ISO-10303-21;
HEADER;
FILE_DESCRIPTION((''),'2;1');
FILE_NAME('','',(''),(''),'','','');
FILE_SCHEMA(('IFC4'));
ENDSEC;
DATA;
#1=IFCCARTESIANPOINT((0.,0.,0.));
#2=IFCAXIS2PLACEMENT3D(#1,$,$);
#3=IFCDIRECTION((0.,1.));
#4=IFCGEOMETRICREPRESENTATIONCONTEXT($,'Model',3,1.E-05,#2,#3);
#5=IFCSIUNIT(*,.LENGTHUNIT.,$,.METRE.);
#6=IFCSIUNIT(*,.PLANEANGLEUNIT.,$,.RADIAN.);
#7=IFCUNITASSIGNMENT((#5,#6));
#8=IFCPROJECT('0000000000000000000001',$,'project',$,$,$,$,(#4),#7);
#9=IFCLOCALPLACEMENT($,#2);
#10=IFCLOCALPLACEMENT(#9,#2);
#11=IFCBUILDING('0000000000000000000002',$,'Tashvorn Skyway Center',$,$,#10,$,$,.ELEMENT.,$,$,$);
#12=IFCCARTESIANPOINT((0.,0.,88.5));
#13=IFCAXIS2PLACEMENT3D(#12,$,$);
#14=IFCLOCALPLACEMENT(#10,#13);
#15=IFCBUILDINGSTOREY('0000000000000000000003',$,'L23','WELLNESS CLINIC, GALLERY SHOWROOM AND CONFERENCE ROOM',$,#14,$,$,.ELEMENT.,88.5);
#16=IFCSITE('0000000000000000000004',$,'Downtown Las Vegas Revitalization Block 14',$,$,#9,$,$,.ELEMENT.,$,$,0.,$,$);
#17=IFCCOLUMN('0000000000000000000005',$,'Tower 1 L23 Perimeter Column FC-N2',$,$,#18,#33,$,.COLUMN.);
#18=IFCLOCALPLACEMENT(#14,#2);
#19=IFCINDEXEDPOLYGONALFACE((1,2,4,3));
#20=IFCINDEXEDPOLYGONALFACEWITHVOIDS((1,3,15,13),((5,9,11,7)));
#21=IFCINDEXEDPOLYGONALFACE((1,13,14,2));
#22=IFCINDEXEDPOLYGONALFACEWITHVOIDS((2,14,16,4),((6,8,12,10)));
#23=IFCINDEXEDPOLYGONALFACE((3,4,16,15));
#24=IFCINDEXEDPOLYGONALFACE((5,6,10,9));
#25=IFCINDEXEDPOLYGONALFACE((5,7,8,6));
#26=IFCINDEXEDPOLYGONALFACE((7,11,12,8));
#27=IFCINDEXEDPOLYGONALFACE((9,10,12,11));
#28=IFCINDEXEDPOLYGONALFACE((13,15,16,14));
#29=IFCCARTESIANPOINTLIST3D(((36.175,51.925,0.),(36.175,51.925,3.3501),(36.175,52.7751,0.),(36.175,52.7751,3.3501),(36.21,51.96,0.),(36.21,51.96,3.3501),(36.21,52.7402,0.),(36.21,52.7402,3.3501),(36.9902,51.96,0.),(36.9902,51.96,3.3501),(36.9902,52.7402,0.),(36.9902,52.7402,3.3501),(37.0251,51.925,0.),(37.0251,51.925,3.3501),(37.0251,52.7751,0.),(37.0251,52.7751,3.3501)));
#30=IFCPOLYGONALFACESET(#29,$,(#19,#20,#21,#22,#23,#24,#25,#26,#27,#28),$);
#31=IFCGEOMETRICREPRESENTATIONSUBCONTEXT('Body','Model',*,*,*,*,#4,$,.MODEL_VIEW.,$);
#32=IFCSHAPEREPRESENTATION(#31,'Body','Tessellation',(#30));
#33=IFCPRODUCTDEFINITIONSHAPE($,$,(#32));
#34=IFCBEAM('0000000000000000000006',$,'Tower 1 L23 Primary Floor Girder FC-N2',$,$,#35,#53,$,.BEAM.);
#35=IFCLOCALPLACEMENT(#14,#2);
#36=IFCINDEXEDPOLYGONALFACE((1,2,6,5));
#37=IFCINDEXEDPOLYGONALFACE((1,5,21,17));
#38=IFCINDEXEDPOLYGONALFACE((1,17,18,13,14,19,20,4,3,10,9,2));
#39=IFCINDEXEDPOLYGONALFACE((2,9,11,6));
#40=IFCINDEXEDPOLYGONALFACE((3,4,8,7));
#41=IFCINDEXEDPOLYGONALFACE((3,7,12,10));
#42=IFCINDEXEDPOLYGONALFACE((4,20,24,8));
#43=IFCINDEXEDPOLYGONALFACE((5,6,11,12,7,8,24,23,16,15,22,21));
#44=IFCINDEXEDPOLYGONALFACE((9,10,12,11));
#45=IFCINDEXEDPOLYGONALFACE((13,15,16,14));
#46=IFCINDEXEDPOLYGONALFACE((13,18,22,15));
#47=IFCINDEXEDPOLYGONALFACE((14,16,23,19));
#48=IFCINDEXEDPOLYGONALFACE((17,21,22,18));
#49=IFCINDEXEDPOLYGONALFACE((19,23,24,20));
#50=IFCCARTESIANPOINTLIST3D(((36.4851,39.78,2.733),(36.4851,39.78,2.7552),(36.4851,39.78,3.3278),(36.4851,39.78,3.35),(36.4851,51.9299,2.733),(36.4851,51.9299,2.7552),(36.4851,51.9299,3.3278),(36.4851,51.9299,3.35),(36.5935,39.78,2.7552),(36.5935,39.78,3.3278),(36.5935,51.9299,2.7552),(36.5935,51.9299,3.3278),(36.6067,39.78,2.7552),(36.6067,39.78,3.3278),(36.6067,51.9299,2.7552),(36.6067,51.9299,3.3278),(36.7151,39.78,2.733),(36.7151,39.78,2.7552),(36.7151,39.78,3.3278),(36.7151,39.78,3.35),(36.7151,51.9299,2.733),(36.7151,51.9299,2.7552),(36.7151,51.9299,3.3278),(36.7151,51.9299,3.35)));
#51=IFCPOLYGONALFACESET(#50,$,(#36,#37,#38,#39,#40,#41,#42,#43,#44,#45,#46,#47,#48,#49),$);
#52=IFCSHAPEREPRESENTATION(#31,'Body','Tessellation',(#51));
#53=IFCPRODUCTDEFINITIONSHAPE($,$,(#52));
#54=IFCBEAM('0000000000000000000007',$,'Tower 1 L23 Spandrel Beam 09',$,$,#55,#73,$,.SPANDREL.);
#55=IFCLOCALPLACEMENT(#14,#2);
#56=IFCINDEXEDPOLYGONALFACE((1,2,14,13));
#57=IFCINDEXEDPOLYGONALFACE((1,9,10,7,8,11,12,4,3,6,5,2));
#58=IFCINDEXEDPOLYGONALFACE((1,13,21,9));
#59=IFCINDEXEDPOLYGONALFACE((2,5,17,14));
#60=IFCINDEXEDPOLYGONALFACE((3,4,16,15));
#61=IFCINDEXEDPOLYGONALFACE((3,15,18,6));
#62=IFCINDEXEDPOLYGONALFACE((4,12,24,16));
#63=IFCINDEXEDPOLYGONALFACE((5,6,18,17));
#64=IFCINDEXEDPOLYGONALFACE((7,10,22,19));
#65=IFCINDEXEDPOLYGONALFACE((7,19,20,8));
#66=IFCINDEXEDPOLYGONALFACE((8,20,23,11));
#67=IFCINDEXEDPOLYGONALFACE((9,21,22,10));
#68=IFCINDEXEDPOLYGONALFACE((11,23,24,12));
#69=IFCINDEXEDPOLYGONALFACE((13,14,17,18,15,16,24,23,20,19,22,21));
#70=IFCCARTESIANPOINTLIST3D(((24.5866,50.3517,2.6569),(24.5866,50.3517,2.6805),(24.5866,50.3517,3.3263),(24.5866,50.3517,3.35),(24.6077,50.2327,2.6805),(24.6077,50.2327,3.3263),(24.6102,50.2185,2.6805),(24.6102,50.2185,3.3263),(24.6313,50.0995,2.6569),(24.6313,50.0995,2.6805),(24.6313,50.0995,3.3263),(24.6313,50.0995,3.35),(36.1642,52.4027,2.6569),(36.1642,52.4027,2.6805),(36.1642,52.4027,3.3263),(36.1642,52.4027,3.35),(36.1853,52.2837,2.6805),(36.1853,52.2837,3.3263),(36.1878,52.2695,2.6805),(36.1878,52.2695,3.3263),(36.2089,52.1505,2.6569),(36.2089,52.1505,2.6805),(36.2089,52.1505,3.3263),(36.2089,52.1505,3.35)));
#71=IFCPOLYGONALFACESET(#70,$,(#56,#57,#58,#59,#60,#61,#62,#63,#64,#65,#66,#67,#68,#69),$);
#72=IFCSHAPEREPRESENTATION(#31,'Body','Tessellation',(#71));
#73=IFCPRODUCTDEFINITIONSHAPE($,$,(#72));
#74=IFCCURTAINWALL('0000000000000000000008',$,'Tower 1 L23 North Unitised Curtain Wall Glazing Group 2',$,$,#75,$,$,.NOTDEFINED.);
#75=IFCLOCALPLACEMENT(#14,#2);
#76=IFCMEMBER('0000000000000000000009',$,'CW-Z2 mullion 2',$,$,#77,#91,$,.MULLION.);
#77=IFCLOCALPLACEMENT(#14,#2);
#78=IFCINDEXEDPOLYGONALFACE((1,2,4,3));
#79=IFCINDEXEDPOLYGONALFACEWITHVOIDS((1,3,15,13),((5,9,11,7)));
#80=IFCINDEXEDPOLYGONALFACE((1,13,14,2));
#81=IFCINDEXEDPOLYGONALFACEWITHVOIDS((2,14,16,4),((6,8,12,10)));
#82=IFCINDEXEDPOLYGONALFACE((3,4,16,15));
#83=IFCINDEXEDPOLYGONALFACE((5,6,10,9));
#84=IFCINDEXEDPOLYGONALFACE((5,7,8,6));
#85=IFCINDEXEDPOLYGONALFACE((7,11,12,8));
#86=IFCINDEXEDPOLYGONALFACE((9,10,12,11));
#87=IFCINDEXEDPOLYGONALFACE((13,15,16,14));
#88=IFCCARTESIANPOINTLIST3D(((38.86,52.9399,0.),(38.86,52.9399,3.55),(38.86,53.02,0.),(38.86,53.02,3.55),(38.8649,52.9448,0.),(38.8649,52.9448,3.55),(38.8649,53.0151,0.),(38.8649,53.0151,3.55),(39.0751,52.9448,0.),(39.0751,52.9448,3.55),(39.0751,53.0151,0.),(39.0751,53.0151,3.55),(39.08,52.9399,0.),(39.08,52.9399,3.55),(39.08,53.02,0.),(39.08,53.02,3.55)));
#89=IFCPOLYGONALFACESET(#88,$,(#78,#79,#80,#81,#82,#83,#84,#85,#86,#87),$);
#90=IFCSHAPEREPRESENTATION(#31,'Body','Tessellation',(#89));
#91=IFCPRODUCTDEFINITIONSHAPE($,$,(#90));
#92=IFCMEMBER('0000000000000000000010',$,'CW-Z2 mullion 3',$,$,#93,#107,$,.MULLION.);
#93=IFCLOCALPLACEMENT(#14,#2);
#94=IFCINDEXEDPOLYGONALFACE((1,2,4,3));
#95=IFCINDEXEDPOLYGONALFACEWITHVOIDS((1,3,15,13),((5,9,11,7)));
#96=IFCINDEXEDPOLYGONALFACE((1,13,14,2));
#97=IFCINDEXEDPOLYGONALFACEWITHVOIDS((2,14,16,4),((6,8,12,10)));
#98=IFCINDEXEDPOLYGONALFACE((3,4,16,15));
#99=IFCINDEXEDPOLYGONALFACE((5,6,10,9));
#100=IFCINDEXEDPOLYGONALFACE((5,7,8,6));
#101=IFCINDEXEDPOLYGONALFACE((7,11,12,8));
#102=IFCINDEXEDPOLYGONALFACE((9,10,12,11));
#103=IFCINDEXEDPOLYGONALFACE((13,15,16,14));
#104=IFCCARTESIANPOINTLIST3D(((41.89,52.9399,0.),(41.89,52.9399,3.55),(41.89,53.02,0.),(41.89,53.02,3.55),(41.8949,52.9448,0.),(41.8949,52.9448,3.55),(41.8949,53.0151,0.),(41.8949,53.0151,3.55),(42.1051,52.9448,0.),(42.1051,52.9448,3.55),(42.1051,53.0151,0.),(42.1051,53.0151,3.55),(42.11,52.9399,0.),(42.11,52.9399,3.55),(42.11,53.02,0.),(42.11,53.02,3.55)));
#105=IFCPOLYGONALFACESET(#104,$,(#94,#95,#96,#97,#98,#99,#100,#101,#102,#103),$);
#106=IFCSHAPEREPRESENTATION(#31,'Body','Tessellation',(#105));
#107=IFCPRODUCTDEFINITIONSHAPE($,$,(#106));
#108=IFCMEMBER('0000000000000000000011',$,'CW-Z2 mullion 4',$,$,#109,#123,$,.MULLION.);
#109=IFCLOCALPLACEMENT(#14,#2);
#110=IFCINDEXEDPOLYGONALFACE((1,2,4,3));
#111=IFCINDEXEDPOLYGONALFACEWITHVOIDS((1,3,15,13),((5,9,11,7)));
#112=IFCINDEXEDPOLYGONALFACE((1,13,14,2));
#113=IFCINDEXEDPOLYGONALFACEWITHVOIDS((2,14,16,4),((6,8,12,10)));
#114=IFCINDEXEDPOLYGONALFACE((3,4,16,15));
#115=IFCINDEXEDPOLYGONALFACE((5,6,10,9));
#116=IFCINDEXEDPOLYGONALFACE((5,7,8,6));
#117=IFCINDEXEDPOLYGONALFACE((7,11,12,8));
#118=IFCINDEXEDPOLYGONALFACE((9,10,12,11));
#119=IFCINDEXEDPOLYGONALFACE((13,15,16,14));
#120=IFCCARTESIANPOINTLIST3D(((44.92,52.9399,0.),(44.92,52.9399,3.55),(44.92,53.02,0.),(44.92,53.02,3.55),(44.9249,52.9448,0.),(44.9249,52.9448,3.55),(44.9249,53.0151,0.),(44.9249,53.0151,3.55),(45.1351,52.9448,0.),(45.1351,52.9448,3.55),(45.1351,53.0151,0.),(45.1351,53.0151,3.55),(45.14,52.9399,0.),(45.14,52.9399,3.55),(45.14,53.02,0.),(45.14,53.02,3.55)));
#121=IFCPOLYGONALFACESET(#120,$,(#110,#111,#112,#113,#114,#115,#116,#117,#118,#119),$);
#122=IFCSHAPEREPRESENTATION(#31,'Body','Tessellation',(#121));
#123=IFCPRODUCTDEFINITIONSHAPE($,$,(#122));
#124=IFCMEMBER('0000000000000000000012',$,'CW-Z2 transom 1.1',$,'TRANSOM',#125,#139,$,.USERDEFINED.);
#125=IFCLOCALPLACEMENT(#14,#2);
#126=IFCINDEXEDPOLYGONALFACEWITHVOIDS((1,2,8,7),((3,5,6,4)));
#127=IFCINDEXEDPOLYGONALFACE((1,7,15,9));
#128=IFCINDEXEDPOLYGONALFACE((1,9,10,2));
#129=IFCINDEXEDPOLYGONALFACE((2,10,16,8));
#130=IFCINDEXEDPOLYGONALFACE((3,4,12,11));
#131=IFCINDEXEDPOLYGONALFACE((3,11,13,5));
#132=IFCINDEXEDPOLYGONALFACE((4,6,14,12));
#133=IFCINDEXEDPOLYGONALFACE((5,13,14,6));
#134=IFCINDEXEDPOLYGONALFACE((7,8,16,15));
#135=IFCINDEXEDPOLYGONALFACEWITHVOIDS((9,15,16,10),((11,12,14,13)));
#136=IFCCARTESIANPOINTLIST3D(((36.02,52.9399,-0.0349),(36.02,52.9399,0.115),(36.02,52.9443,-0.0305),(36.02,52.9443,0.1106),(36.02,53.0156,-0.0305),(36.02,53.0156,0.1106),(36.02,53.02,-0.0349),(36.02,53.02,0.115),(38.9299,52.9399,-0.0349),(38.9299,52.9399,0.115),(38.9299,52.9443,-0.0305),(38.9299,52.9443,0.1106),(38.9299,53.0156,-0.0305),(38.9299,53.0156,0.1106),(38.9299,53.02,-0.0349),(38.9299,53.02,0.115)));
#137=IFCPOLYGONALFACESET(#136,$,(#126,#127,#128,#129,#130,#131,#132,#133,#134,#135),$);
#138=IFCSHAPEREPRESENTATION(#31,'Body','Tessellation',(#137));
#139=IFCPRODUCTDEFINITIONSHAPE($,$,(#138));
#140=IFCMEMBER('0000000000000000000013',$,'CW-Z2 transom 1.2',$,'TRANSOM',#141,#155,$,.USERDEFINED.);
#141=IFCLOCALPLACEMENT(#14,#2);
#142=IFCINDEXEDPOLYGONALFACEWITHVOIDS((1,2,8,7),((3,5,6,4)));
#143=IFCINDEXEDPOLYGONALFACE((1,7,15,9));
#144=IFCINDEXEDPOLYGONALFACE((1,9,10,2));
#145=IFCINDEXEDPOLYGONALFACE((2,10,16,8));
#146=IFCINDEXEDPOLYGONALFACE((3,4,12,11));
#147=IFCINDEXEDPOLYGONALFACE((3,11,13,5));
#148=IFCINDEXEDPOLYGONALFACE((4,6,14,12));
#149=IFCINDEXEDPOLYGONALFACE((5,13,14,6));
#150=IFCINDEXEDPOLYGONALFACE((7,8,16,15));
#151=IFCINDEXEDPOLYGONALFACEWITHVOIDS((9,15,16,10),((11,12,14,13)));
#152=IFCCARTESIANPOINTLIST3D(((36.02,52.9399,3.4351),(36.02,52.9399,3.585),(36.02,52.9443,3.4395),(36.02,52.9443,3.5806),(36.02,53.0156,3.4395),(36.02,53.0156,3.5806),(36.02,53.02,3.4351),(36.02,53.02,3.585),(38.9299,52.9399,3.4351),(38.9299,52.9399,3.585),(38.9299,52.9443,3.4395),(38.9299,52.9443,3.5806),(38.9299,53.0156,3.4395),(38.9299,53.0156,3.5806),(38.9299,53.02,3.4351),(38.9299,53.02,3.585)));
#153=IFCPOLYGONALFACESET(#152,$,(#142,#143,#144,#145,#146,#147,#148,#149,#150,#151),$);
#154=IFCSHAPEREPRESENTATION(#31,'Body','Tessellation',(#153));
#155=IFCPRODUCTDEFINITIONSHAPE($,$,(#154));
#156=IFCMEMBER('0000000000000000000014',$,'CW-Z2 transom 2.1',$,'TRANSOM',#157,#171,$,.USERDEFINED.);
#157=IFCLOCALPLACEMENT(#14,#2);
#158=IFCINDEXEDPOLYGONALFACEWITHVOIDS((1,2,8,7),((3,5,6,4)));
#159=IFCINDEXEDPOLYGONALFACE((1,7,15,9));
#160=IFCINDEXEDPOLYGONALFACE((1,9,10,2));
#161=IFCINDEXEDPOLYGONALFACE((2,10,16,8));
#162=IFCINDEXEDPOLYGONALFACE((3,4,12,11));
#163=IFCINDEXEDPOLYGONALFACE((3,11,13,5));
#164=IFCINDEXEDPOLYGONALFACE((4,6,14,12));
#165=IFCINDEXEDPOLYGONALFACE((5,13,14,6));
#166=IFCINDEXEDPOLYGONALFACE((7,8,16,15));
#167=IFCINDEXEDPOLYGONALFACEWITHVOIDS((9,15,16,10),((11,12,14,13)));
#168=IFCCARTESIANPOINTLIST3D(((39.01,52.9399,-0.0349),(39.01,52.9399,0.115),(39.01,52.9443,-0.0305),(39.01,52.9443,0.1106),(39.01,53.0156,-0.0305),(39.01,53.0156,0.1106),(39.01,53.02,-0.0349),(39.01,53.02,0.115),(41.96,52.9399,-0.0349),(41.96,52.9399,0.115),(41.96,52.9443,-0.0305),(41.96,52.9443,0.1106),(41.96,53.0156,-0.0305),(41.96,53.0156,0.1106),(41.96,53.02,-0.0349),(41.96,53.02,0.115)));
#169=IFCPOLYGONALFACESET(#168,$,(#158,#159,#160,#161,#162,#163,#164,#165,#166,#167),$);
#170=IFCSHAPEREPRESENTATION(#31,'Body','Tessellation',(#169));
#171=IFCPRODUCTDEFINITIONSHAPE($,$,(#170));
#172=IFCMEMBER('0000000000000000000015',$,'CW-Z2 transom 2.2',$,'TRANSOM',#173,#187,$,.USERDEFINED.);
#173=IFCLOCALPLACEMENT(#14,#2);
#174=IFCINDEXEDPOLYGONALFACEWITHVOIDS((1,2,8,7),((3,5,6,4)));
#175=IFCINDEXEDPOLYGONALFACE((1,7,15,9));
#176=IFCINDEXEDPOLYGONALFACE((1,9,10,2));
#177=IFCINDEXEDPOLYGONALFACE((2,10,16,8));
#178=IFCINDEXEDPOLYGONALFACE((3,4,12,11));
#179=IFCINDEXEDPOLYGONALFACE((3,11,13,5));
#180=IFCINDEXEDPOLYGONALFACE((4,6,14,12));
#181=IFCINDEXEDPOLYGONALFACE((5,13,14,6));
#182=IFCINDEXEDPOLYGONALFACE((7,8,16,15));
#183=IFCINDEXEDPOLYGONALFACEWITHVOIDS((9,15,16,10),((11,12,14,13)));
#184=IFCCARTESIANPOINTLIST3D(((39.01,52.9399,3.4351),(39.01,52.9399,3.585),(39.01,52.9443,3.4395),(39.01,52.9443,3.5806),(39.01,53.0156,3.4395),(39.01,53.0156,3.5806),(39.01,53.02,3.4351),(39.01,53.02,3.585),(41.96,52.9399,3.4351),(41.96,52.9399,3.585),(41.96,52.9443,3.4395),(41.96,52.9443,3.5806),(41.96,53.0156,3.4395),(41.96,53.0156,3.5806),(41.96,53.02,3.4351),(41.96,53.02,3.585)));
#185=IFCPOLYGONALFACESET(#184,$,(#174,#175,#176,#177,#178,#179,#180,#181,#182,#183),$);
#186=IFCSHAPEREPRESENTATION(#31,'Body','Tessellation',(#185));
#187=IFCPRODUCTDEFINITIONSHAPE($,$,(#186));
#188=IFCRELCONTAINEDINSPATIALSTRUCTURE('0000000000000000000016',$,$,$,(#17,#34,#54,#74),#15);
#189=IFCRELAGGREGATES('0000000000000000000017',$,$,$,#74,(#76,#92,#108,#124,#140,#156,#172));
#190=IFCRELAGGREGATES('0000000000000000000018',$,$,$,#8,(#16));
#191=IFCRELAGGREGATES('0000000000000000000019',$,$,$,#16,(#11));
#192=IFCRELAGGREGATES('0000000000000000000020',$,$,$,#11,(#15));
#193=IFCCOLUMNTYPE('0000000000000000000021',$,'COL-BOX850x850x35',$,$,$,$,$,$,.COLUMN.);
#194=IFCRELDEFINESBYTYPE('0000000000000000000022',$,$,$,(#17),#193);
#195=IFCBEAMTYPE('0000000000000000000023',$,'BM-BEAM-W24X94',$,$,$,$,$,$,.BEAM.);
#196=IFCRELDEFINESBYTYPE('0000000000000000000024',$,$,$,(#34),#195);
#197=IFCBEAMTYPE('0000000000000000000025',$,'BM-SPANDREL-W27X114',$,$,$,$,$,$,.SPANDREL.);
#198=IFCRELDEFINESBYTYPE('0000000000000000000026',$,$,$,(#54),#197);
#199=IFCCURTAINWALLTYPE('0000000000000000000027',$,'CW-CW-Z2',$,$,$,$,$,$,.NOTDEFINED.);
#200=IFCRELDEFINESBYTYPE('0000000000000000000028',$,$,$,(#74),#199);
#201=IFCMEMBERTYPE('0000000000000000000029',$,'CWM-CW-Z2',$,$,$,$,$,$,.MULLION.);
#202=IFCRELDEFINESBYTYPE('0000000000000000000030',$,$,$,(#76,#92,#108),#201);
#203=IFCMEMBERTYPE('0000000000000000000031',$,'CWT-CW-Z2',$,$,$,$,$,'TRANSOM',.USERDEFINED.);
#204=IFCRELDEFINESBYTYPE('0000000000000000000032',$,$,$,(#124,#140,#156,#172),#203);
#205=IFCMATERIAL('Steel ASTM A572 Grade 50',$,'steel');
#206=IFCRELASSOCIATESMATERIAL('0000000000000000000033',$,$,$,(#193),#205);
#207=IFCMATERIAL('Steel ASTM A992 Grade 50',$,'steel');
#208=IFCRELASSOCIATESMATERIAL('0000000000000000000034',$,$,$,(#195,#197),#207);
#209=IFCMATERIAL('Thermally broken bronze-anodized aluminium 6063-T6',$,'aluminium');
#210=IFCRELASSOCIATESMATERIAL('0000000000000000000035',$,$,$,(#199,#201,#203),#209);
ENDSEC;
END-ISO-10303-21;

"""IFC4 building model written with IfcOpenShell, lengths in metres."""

from ifc_helpers import new_model, si_unit, direction, frame, origin, origin_2d, place, context, subcontext, project, spatial, hollow_rectangle, i_section, extrude, material, material_profile, profile_set, type_object, element, aggregate, save


model = new_model("IFC4")

# Units and contexts
model_context = context("Model", 3, precision=1e-05, world=origin(), true_north=direction((0.0, 1.0)))
body_context = subcontext(model_context, "Body", "Model", "MODEL_VIEW")
ifc_project = project(units=[si_unit("LENGTHUNIT", "METRE"), si_unit("PLANEANGLEUNIT", "RADIAN")], contexts=[model_context])

# Site, building, storey
site_placement = place(None, origin())
site = spatial("IfcSite", under=ifc_project, at=site_placement, Name="Downtown Las Vegas Revitalization Block 14", CompositionType="ELEMENT", RefElevation=0.0)
building_placement = place(site_placement, origin())
building = spatial("IfcBuilding", under=site, at=building_placement, Name="Tashvorn Skyway Center", CompositionType="ELEMENT")
storey_placement = place(building_placement, frame((0.0, 0.0, 88.5)))
storey = spatial("IfcBuildingStorey", under=building, at=storey_placement, Name="L23", Description="WELLNESS CLINIC, GALLERY SHOWROOM AND CONFERENCE ROOM", CompositionType="ELEMENT", Elevation=88.5)

# Column
ifc_material_1 = material(Name="Steel ASTM A572 Grade 50", Category="steel")
ifc_material_profile_1 = material_profile(ifc_material_1, hollow_rectangle(XDim=0.8501, YDim=0.8501, WallThickness=0.0349, at=origin_2d()), Name="BOX850x850x35")
ifc_profile_set_1 = profile_set([ifc_material_profile_1], Name="Steel ASTM A572 Grade 50")
column_type = type_object("IfcColumnType", Name="COL-BOX850x850x35", PredefinedType="COLUMN", material=ifc_profile_set_1)
column_placement = place(storey_placement, frame((36.6001, 52.3501, 0.0), z_axis=(0.0, 0.0, 1.0), x_axis=(1.0, 0.0, 0.0)))
element("IfcColumn", 1, at=column_placement, inside=storey, type_object=column_type, Name="Tower 1 L23 Perimeter Column FC-N2", PredefinedType="COLUMN", context=body_context, shape_type="SweptSolid", body=[
    extrude(hollow_rectangle(XDim=0.8501, YDim=0.8501, WallThickness=0.0349, at=origin_2d()), origin(), (0.0, 0.0, 1.0), 3.3501),
])

# Beams
ifc_material_2 = material(Name="Steel ASTM A992 Grade 50", Category="steel")
ifc_material_profile_2 = material_profile(ifc_material_2, i_section(OverallWidth=0.23, OverallDepth=0.6169, WebThickness=0.0132, FlangeThickness=0.0222, at=origin_2d()), Name="W24X94")
ifc_profile_set_2 = profile_set([ifc_material_profile_2], Name="Steel ASTM A992 Grade 50")
beam_type_1 = type_object("IfcBeamType", Name="BM-BEAM-W24X94", PredefinedType="BEAM", material=ifc_profile_set_2)
beam_1_placement = place(storey_placement, frame((36.6001, 51.9299, 3.0415), z_axis=(0.0, -1.0, 0.0), x_axis=(1.0, 0.0, 0.0)))
element("IfcBeam", 2, at=beam_1_placement, inside=storey, type_object=beam_type_1, Name="Tower 1 L23 Primary Floor Girder FC-N2", PredefinedType="BEAM", context=body_context, shape_type="SweptSolid", body=[
    extrude(i_section(OverallWidth=0.23, OverallDepth=0.6169, WebThickness=0.0132, FlangeThickness=0.0222, at=origin_2d()), origin(), (0.0, 0.0, 1.0), 12.1499),
])
ifc_material_profile_3 = material_profile(ifc_material_2, i_section(OverallWidth=0.2561, OverallDepth=0.6931, WebThickness=0.0144, FlangeThickness=0.0237, at=origin_2d()), Name="W27X114")
ifc_profile_set_3 = profile_set([ifc_material_profile_3], Name="Steel ASTM A992 Grade 50")
beam_type_2 = type_object("IfcBeamType", Name="BM-SPANDREL-W27X114", PredefinedType="SPANDREL", material=ifc_profile_set_3)
beam_2_placement = place(storey_placement, frame((36.1865, 52.2766, 3.0034), z_axis=(-0.984668, -0.174438, 0.0), x_axis=(0.174438, -0.984668, 0.0)))
element("IfcBeam", 3, at=beam_2_placement, inside=storey, type_object=beam_type_2, Name="Tower 1 L23 Spandrel Beam 09", PredefinedType="SPANDREL", context=body_context, shape_type="SweptSolid", body=[
    extrude(i_section(OverallWidth=0.2561, OverallDepth=0.6931, WebThickness=0.0144, FlangeThickness=0.0237, at=origin_2d()), origin(), (0.0, 0.0, 1.0), 11.7578),
])

# Curtain wall, members
ifc_material_3 = material(Name="Thermally broken bronze-anodized aluminium 6063-T6", Category="aluminium")
curtain_wall_type = type_object("IfcCurtainWallType", Name="CW-CW-Z2", PredefinedType="NOTDEFINED", material=ifc_material_3)
curtain_wall_placement = place(storey_placement, origin())
curtain_wall = element("IfcCurtainWall", 4, at=curtain_wall_placement, inside=storey, type_object=curtain_wall_type, Name="Tower 1 L23 North Unitised Curtain Wall Glazing Group 2", PredefinedType="NOTDEFINED")
ifc_material_profile_4 = material_profile(ifc_material_3, hollow_rectangle(XDim=0.0801, YDim=0.22, WallThickness=0.0049, at=origin_2d()), Name="ALU-MULL-80x220")
ifc_profile_set_4 = profile_set([ifc_material_profile_4], Name="Thermally broken bronze-anodized aluminium 6063-T6")
member_type_1 = type_object("IfcMemberType", Name="CWM-CW-Z2", PredefinedType="MULLION", material=ifc_profile_set_4)
member_1_placement = place(storey_placement, frame((38.97, 52.98, 0.0), z_axis=(0.0, 0.0, 1.0), x_axis=(0.0, 1.0, 0.0)))
member_1 = element("IfcMember", 5, at=member_1_placement, type_object=member_type_1, Name="CW-Z2 mullion 2", PredefinedType="MULLION", context=body_context, shape_type="SweptSolid", body=[
    extrude(hollow_rectangle(XDim=0.0801, YDim=0.22, WallThickness=0.0049, at=origin_2d()), origin(), (0.0, 0.0, 1.0), 3.55),
])
member_2_placement = place(storey_placement, frame((42.0, 52.98, 0.0), z_axis=(0.0, 0.0, 1.0), x_axis=(0.0, 1.0, 0.0)))
member_2 = element("IfcMember", 6, at=member_2_placement, type_object=member_type_1, Name="CW-Z2 mullion 3", PredefinedType="MULLION", context=body_context, shape_type="SweptSolid", body=[
    extrude(hollow_rectangle(XDim=0.0801, YDim=0.22, WallThickness=0.0049, at=origin_2d()), origin(), (0.0, 0.0, 1.0), 3.55),
])
member_3_placement = place(storey_placement, frame((45.03, 52.98, 0.0), z_axis=(0.0, 0.0, 1.0), x_axis=(0.0, 1.0, 0.0)))
member_3 = element("IfcMember", 7, at=member_3_placement, type_object=member_type_1, Name="CW-Z2 mullion 4", PredefinedType="MULLION", context=body_context, shape_type="SweptSolid", body=[
    extrude(hollow_rectangle(XDim=0.0801, YDim=0.22, WallThickness=0.0049, at=origin_2d()), origin(), (0.0, 0.0, 1.0), 3.55),
])
ifc_material_profile_5 = material_profile(ifc_material_3, hollow_rectangle(XDim=0.0801, YDim=0.1499, WallThickness=0.0044, at=origin_2d()), Name="ALU-TRAN-80x150")
ifc_profile_set_5 = profile_set([ifc_material_profile_5], Name="Thermally broken bronze-anodized aluminium 6063-T6")
member_type_2 = type_object("IfcMemberType", Name="CWT-CW-Z2", ElementType="TRANSOM", PredefinedType="USERDEFINED", material=ifc_profile_set_5)
member_4_placement = place(storey_placement, frame((36.02, 52.98, 0.04), z_axis=(1.0, 0.0, 0.0), x_axis=(0.0, 1.0, 0.0)))
member_4 = element("IfcMember", 8, at=member_4_placement, type_object=member_type_2, Name="CW-Z2 transom 1.1", ObjectType="TRANSOM", PredefinedType="USERDEFINED", context=body_context, shape_type="SweptSolid", body=[
    extrude(hollow_rectangle(XDim=0.0801, YDim=0.1499, WallThickness=0.0044, at=origin_2d()), origin(), (0.0, 0.0, 1.0), 2.9099),
])
member_5_placement = place(storey_placement, frame((36.02, 52.98, 3.51), z_axis=(1.0, 0.0, 0.0), x_axis=(0.0, 1.0, 0.0)))
member_5 = element("IfcMember", 9, at=member_5_placement, type_object=member_type_2, Name="CW-Z2 transom 1.2", ObjectType="TRANSOM", PredefinedType="USERDEFINED", context=body_context, shape_type="SweptSolid", body=[
    extrude(hollow_rectangle(XDim=0.0801, YDim=0.1499, WallThickness=0.0044, at=origin_2d()), origin(), (0.0, 0.0, 1.0), 2.9099),
])
member_6_placement = place(storey_placement, frame((39.01, 52.98, 0.04), z_axis=(1.0, 0.0, 0.0), x_axis=(0.0, 1.0, 0.0)))
member_6 = element("IfcMember", 10, at=member_6_placement, type_object=member_type_2, Name="CW-Z2 transom 2.1", ObjectType="TRANSOM", PredefinedType="USERDEFINED", context=body_context, shape_type="SweptSolid", body=[
    extrude(hollow_rectangle(XDim=0.0801, YDim=0.1499, WallThickness=0.0044, at=origin_2d()), origin(), (0.0, 0.0, 1.0), 2.95),
])
member_7_placement = place(storey_placement, frame((39.01, 52.98, 3.51), z_axis=(1.0, 0.0, 0.0), x_axis=(0.0, 1.0, 0.0)))
member_7 = element("IfcMember", 11, at=member_7_placement, type_object=member_type_2, Name="CW-Z2 transom 2.2", ObjectType="TRANSOM", PredefinedType="USERDEFINED", context=body_context, shape_type="SweptSolid", body=[
    extrude(hollow_rectangle(XDim=0.0801, YDim=0.1499, WallThickness=0.0044, at=origin_2d()), origin(), (0.0, 0.0, 1.0), 2.95),
])
aggregate(curtain_wall, [member_1, member_2, member_3, member_4, member_5, member_6, member_7])

save(model, "model.ifc")
